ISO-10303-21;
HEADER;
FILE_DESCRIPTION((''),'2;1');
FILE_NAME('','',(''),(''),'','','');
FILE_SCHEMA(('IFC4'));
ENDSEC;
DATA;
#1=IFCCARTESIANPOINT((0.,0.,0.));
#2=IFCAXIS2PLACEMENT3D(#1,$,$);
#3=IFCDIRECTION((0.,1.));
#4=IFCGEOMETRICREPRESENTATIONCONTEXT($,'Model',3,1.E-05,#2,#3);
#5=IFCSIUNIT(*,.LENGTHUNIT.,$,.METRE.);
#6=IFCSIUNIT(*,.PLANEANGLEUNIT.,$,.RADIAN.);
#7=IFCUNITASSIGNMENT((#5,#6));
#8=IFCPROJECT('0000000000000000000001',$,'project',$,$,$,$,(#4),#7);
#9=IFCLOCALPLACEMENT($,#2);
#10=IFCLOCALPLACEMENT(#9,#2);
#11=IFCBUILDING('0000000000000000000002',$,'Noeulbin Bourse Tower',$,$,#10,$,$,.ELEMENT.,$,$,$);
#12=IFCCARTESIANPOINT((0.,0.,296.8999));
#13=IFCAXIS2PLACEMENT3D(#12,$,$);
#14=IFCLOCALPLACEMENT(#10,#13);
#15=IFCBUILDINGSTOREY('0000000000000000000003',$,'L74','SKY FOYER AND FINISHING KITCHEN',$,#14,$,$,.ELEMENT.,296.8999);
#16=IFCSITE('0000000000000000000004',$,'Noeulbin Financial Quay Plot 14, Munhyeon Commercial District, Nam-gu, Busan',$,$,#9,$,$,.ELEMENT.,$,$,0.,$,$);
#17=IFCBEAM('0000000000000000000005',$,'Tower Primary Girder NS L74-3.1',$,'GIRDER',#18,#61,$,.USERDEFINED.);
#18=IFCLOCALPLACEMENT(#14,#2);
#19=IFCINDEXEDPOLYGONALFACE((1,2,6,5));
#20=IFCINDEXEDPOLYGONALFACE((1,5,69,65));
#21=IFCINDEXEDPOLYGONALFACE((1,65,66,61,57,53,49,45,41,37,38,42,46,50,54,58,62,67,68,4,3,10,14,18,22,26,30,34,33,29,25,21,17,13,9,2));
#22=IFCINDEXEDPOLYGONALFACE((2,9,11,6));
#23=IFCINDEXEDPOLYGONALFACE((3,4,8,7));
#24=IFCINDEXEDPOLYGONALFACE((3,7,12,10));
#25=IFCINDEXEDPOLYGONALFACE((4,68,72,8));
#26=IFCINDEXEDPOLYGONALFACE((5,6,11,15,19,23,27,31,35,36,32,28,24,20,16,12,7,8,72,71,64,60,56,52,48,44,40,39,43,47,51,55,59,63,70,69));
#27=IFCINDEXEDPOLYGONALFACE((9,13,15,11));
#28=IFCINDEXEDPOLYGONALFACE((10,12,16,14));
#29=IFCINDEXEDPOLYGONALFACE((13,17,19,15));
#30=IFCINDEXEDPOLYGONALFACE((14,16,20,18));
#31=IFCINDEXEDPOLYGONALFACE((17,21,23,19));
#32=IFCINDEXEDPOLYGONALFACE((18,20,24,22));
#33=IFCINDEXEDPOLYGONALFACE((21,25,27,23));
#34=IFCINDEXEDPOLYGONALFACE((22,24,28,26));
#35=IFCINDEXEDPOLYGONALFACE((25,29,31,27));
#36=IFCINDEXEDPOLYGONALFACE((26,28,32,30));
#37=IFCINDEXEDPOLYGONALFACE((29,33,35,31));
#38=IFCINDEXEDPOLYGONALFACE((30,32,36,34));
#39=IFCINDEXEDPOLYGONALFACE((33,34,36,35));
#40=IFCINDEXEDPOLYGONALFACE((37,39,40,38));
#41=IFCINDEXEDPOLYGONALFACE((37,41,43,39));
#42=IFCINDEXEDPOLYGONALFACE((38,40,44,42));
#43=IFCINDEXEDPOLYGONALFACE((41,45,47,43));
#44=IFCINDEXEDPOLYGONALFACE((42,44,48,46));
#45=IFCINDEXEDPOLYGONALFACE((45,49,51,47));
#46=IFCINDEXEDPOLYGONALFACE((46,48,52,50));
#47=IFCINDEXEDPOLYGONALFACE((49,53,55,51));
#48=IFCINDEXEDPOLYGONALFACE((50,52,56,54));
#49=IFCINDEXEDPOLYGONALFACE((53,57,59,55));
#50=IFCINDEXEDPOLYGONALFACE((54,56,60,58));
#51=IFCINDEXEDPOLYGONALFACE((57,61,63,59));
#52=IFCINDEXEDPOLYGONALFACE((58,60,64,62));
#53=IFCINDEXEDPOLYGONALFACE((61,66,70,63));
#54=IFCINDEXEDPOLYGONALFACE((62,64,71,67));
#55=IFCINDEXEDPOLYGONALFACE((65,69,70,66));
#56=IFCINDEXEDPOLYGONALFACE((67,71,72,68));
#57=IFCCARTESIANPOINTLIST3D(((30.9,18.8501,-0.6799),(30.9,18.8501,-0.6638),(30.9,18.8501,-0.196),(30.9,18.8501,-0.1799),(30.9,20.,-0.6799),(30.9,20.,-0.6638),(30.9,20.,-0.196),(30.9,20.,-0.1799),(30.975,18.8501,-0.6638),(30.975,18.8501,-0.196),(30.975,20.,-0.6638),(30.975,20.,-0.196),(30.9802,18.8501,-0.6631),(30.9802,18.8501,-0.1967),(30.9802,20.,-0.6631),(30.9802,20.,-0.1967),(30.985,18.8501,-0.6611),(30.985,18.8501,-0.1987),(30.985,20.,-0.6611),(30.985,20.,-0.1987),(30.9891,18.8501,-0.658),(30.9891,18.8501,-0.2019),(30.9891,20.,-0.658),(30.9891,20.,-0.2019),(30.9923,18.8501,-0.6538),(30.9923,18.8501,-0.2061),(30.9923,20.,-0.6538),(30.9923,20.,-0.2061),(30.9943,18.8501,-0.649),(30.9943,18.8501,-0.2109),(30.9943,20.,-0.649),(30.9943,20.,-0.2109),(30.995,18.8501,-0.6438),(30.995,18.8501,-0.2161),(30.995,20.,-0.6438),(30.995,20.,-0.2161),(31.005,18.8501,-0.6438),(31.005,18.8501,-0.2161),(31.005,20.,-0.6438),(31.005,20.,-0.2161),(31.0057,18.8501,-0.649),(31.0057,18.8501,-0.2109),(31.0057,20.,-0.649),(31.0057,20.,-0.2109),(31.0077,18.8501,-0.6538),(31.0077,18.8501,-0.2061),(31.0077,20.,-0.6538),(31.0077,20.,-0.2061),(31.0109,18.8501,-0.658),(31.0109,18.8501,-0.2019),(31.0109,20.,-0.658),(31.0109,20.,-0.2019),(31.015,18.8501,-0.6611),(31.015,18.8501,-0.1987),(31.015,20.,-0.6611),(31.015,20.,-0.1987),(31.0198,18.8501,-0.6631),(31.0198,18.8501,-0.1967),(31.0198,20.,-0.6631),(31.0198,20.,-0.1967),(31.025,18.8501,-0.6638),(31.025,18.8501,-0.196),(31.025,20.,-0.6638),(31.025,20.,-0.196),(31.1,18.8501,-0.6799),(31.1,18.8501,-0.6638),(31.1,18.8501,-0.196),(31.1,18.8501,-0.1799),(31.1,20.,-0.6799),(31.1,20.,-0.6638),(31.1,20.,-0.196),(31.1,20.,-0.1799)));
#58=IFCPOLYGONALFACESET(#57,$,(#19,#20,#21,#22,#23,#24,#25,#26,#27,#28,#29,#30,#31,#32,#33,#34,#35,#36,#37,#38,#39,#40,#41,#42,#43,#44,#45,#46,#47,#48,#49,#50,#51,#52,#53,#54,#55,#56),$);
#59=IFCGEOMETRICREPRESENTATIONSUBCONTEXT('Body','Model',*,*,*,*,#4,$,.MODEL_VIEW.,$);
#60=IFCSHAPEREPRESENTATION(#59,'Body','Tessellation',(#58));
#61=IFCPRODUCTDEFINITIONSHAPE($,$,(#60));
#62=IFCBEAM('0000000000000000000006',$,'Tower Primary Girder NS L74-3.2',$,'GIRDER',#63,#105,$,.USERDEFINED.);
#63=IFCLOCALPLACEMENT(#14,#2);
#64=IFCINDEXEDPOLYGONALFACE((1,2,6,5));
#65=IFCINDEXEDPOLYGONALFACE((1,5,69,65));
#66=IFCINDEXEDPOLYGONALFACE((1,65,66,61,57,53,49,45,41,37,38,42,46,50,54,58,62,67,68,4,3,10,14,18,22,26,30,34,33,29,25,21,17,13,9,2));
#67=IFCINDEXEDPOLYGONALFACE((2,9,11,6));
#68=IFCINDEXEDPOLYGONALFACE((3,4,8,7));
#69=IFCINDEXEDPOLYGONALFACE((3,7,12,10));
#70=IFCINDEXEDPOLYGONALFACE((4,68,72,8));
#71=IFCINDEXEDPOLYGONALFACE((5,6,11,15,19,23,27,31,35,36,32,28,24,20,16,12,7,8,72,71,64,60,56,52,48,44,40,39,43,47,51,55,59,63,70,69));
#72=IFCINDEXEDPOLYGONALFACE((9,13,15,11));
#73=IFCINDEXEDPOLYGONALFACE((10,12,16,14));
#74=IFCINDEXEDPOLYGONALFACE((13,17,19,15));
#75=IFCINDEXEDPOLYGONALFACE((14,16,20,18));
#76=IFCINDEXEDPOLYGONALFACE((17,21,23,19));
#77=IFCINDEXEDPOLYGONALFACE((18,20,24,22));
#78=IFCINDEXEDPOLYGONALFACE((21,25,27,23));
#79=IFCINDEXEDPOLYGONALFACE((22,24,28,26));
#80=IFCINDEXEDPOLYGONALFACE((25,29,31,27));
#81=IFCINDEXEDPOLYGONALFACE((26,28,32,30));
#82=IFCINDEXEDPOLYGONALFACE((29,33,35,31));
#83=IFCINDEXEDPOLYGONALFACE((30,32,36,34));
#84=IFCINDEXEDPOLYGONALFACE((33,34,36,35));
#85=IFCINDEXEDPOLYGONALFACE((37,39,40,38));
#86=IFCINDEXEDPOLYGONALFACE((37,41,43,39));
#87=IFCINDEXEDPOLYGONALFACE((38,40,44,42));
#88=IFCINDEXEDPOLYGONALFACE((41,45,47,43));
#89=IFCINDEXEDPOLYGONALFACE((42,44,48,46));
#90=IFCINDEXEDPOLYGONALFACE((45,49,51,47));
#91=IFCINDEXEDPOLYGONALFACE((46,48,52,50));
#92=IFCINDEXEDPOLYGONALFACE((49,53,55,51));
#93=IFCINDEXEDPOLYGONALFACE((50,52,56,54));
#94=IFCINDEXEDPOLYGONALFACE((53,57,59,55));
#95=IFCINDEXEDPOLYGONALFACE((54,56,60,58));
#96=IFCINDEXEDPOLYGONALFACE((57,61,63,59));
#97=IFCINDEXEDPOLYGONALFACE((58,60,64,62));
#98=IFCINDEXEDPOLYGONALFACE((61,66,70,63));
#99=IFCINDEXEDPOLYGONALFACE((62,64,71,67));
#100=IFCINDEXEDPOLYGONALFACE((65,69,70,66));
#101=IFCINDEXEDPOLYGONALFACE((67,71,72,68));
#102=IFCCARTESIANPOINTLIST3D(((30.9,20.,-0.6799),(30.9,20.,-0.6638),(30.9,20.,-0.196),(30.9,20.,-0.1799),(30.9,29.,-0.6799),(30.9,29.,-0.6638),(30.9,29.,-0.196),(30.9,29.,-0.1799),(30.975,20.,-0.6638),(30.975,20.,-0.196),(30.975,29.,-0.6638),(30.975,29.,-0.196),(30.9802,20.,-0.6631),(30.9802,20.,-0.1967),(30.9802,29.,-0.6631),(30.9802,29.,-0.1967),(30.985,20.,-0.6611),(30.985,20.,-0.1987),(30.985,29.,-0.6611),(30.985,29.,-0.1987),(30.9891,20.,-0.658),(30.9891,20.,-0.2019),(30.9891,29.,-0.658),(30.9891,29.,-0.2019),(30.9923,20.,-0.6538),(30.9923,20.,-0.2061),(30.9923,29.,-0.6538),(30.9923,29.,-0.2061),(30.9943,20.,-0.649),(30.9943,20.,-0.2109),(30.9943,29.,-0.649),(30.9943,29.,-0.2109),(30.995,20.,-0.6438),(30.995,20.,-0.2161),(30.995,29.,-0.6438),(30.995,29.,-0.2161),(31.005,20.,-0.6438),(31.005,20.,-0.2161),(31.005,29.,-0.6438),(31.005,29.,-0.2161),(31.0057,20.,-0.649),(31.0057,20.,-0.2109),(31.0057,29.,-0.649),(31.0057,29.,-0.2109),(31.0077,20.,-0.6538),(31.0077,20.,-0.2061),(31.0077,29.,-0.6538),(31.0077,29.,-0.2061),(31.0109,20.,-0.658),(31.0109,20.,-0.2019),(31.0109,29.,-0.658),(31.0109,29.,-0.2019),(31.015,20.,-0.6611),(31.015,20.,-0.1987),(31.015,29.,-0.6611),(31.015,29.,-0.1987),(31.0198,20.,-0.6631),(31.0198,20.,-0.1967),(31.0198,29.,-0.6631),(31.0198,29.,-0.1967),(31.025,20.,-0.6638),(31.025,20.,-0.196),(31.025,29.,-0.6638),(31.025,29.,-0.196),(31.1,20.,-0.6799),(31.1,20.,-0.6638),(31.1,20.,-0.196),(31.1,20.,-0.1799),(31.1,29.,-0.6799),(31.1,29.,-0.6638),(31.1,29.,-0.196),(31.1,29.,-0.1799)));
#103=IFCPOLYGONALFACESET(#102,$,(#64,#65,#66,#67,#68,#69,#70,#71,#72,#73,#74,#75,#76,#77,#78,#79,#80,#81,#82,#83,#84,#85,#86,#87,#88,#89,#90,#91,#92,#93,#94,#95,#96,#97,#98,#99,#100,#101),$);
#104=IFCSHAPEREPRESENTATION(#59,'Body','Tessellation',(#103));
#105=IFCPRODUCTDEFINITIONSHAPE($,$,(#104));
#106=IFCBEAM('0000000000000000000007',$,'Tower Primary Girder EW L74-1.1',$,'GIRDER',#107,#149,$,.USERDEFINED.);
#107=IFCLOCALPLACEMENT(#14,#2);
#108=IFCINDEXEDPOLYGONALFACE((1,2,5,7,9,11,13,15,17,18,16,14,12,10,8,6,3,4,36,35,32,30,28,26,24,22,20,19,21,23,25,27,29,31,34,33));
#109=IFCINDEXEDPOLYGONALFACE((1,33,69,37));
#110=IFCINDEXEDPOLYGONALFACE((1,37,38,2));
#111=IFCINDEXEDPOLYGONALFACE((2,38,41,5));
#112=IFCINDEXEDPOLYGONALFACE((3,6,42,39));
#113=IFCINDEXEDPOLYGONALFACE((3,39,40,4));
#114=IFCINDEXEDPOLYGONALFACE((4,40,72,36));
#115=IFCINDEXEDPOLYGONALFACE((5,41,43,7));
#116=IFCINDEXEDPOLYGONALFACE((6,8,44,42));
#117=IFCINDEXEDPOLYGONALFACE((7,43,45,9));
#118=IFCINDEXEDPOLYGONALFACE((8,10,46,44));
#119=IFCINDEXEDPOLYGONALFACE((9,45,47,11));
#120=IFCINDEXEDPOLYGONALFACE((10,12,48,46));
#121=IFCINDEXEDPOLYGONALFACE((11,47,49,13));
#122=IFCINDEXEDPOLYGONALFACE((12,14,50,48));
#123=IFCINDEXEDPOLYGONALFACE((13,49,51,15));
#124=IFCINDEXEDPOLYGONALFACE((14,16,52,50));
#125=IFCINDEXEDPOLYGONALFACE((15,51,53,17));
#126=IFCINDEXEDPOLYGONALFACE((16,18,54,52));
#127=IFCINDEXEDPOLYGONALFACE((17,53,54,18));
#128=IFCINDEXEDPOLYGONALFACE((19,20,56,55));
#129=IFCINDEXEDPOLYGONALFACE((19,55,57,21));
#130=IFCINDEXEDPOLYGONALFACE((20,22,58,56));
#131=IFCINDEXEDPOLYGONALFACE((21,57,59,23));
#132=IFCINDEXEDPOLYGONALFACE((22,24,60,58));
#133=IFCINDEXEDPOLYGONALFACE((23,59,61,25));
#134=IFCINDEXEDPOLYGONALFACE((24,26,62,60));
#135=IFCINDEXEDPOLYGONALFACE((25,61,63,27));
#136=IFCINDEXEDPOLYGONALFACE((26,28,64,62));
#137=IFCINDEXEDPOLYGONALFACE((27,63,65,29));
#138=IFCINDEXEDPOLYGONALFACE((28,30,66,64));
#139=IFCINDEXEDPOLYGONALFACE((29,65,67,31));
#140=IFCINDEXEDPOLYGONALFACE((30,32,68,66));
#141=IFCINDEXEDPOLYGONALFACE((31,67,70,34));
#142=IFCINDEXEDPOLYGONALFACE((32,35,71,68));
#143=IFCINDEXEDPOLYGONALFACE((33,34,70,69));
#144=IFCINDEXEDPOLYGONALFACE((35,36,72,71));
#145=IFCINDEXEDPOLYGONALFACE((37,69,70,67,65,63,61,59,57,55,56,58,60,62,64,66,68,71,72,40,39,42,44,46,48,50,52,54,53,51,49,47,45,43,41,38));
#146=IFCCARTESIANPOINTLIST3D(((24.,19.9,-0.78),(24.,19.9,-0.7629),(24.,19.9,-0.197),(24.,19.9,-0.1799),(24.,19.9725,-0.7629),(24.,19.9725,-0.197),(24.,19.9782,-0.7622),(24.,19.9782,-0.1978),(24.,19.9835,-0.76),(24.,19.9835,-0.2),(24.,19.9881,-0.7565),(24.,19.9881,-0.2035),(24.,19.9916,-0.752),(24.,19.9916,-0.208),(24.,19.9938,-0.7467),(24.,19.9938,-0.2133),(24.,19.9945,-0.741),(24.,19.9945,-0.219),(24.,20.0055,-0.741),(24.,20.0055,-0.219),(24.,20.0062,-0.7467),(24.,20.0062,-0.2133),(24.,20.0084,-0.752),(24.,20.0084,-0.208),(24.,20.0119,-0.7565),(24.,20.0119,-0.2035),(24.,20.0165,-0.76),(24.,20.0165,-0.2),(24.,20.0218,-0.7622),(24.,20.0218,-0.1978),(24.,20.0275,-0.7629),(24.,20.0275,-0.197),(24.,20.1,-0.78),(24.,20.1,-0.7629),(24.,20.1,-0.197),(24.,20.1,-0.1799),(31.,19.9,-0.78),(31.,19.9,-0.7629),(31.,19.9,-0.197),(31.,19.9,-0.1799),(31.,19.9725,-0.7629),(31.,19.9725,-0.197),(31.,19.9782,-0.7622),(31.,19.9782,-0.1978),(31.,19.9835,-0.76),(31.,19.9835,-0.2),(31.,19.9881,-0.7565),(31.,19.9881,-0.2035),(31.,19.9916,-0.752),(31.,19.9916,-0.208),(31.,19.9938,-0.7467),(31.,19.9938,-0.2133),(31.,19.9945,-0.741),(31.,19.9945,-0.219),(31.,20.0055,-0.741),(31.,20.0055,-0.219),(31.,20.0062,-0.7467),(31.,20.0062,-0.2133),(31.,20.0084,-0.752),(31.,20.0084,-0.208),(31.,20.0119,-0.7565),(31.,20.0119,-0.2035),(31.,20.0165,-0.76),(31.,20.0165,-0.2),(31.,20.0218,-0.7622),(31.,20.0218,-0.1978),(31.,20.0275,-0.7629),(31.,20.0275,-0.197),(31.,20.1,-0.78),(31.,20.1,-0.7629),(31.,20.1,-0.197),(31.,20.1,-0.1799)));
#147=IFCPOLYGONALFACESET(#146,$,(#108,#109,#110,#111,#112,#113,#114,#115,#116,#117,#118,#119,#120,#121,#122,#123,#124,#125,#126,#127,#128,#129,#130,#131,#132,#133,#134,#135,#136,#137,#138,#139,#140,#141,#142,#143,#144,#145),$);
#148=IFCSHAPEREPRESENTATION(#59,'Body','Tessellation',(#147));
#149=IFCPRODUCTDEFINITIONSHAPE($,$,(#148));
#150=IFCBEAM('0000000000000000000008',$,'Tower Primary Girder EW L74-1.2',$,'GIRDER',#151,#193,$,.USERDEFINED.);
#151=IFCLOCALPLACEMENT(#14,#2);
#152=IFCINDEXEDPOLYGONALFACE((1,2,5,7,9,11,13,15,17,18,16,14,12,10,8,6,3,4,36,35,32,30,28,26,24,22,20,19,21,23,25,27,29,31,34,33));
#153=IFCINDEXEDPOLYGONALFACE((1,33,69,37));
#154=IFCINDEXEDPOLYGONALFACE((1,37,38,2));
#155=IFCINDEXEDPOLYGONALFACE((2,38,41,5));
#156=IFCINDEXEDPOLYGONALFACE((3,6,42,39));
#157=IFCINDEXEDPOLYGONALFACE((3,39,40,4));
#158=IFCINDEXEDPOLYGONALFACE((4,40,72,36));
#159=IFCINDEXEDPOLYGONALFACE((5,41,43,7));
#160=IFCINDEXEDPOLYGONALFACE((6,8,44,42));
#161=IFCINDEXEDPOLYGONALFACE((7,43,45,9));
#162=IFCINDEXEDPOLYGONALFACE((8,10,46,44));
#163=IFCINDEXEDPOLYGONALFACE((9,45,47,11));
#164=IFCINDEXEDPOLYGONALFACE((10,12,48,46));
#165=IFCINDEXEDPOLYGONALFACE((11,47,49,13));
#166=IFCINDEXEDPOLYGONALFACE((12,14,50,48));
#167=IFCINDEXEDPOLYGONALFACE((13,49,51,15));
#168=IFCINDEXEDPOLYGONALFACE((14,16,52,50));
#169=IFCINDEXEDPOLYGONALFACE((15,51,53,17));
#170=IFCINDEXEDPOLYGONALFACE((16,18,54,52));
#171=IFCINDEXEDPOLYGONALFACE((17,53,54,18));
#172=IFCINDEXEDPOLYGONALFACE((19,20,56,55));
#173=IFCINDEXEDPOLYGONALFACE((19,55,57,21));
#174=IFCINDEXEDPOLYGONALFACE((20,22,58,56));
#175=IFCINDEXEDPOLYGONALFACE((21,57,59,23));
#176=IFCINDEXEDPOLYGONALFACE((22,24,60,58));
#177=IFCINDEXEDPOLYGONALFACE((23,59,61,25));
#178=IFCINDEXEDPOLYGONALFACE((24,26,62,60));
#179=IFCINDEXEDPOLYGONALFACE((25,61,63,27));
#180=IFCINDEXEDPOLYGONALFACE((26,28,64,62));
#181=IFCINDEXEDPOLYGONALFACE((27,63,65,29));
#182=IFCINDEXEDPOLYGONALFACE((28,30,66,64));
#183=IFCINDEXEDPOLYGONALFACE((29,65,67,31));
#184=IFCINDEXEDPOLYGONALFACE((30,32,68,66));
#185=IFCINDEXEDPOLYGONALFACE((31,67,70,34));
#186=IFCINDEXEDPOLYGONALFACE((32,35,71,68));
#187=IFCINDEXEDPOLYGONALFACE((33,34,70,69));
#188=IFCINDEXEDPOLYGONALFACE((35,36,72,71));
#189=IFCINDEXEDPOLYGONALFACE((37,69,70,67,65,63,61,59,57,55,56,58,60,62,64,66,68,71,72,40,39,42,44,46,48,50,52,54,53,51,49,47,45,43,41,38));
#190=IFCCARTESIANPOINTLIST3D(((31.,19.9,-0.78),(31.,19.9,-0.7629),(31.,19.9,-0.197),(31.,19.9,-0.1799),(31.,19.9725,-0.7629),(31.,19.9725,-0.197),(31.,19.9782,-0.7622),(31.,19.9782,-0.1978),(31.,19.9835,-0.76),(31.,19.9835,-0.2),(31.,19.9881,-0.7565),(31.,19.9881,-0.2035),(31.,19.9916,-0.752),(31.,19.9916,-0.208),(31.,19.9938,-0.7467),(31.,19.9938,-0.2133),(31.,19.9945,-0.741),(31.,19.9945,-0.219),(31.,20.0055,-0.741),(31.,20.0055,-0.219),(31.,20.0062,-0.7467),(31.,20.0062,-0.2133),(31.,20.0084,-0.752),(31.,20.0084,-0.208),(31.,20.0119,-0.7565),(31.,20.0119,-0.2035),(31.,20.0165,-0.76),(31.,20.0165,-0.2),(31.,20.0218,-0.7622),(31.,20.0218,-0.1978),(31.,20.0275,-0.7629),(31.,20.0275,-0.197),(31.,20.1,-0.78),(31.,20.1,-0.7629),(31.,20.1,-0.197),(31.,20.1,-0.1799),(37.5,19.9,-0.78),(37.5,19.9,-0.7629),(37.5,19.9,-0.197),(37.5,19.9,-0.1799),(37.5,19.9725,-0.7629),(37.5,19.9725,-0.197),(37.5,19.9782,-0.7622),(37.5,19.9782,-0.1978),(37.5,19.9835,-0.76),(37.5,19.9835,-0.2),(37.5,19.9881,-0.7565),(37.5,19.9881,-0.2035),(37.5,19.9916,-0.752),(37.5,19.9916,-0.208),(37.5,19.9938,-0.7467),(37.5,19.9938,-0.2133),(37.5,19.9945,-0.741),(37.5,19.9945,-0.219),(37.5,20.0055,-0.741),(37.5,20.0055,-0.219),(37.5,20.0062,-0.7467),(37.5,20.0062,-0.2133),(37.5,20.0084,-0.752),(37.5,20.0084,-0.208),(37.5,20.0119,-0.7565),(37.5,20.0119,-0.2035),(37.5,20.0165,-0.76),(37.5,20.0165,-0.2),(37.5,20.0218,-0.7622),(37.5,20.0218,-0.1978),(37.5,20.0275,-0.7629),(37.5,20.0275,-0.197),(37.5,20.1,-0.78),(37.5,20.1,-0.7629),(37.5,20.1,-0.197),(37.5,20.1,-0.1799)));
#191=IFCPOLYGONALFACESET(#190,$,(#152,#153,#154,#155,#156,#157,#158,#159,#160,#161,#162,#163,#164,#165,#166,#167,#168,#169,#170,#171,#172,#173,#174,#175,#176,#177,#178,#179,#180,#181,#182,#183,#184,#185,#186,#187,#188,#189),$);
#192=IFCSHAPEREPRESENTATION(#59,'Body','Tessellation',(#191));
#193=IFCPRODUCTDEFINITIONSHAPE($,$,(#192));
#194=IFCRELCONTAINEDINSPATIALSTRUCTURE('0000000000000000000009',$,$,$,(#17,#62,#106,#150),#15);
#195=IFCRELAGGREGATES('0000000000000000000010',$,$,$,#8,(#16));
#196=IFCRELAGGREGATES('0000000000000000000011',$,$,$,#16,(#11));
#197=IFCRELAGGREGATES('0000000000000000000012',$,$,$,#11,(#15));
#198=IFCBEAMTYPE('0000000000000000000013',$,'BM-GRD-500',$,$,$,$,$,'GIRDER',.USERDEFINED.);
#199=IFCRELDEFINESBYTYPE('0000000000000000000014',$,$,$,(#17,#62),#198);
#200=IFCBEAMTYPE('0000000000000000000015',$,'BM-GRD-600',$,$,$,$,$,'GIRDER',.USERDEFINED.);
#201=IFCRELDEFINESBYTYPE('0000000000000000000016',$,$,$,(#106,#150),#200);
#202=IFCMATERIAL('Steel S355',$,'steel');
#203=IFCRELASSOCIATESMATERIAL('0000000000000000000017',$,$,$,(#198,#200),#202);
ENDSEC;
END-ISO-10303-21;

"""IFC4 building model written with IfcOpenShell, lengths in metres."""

from ifc_helpers import new_model, si_unit, direction, frame, origin, origin_2d, place, context, subcontext, project, spatial, i_section, extrude, material, material_profile, profile_set, type_object, element, save


model = new_model("IFC4")

# Units and contexts
model_context = context("Model", 3, precision=1e-05, world=origin(), true_north=direction((0.0, 1.0)))
body_context = subcontext(model_context, "Body", "Model", "MODEL_VIEW")
ifc_project = project(units=[si_unit("LENGTHUNIT", "METRE"), si_unit("PLANEANGLEUNIT", "RADIAN")], contexts=[model_context])

# Site, building, storey
site_placement = place(None, origin())
site = spatial("IfcSite", under=ifc_project, at=site_placement, Name="Noeulbin Financial Quay Plot 14, Munhyeon Commercial District, Nam-gu, Busan", CompositionType="ELEMENT", RefElevation=0.0)
building_placement = place(site_placement, origin())
building = spatial("IfcBuilding", under=site, at=building_placement, Name="Noeulbin Bourse Tower", CompositionType="ELEMENT")
storey_placement = place(building_placement, frame((0.0, 0.0, 296.8999)))
storey = spatial("IfcBuildingStorey", under=building, at=storey_placement, Name="L74", Description="SKY FOYER AND FINISHING KITCHEN", CompositionType="ELEMENT", Elevation=296.8999)

# Shared definitions
ifc_material_1 = material(Name="Steel S355", Category="steel")

# Beams
ifc_material_profile_1 = material_profile(ifc_material_1, i_section(OverallWidth=0.2, OverallDepth=0.5, WebThickness=0.01, FlangeThickness=0.0161, FilletRadius=0.02, at=origin_2d()), Name="H-500x200x10x16", Category="LoadBearing")
ifc_profile_set_1 = profile_set([ifc_material_profile_1], Name="Steel S355")
beam_type_1 = type_object("IfcBeamType", Name="BM-GRD-500", ElementType="GIRDER", PredefinedType="USERDEFINED", material=ifc_profile_set_1)
beam_1_placement = place(storey_placement, frame((31.0, 18.8501, -0.4299), z_axis=(0.0, 1.0, 0.0), x_axis=(-1.0, 0.0, 0.0)))
element("IfcBeam", 1, at=beam_1_placement, inside=storey, type_object=beam_type_1, Name="Tower Primary Girder NS L74-3.1", ObjectType="GIRDER", PredefinedType="USERDEFINED", context=body_context, shape_type="SweptSolid", body=[
    extrude(i_section(OverallWidth=0.2, OverallDepth=0.5, WebThickness=0.01, FlangeThickness=0.0161, FilletRadius=0.02, at=origin_2d()), origin(), (0.0, 0.0, 1.0), 1.1499),
])
beam_2_placement = place(storey_placement, frame((31.0, 20.0, -0.4299), z_axis=(0.0, 1.0, 0.0), x_axis=(-1.0, 0.0, 0.0)))
element("IfcBeam", 2, at=beam_2_placement, inside=storey, type_object=beam_type_1, Name="Tower Primary Girder NS L74-3.2", ObjectType="GIRDER", PredefinedType="USERDEFINED", context=body_context, shape_type="SweptSolid", body=[
    extrude(i_section(OverallWidth=0.2, OverallDepth=0.5, WebThickness=0.01, FlangeThickness=0.0161, FilletRadius=0.02, at=origin_2d()), origin(), (0.0, 0.0, 1.0), 9.0),
])
ifc_material_profile_2 = material_profile(ifc_material_1, i_section(OverallWidth=0.2, OverallDepth=0.6001, WebThickness=0.011, FlangeThickness=0.0171, FilletRadius=0.022, at=origin_2d()), Name="H-600x200x11x17", Category="LoadBearing")
ifc_profile_set_2 = profile_set([ifc_material_profile_2], Name="Steel S355")
beam_type_2 = type_object("IfcBeamType", Name="BM-GRD-600", ElementType="GIRDER", PredefinedType="USERDEFINED", material=ifc_profile_set_2)
beam_3_placement = place(storey_placement, frame((24.0, 20.0, -0.48), z_axis=(1.0, 0.0, 0.0), x_axis=(0.0, 1.0, 0.0)))
element("IfcBeam", 3, at=beam_3_placement, inside=storey, type_object=beam_type_2, Name="Tower Primary Girder EW L74-1.1", ObjectType="GIRDER", PredefinedType="USERDEFINED", context=body_context, shape_type="SweptSolid", body=[
    extrude(i_section(OverallWidth=0.2, OverallDepth=0.6001, WebThickness=0.011, FlangeThickness=0.0171, FilletRadius=0.022, at=origin_2d()), origin(), (0.0, 0.0, 1.0), 7.0),
])
beam_4_placement = place(storey_placement, frame((31.0, 20.0, -0.48), z_axis=(1.0, 0.0, 0.0), x_axis=(0.0, 1.0, 0.0)))
element("IfcBeam", 4, at=beam_4_placement, inside=storey, type_object=beam_type_2, Name="Tower Primary Girder EW L74-1.2", ObjectType="GIRDER", PredefinedType="USERDEFINED", context=body_context, shape_type="SweptSolid", body=[
    extrude(i_section(OverallWidth=0.2, OverallDepth=0.6001, WebThickness=0.011, FlangeThickness=0.0171, FilletRadius=0.022, at=origin_2d()), origin(), (0.0, 0.0, 1.0), 6.5),
])

save(model, "model.ifc")
